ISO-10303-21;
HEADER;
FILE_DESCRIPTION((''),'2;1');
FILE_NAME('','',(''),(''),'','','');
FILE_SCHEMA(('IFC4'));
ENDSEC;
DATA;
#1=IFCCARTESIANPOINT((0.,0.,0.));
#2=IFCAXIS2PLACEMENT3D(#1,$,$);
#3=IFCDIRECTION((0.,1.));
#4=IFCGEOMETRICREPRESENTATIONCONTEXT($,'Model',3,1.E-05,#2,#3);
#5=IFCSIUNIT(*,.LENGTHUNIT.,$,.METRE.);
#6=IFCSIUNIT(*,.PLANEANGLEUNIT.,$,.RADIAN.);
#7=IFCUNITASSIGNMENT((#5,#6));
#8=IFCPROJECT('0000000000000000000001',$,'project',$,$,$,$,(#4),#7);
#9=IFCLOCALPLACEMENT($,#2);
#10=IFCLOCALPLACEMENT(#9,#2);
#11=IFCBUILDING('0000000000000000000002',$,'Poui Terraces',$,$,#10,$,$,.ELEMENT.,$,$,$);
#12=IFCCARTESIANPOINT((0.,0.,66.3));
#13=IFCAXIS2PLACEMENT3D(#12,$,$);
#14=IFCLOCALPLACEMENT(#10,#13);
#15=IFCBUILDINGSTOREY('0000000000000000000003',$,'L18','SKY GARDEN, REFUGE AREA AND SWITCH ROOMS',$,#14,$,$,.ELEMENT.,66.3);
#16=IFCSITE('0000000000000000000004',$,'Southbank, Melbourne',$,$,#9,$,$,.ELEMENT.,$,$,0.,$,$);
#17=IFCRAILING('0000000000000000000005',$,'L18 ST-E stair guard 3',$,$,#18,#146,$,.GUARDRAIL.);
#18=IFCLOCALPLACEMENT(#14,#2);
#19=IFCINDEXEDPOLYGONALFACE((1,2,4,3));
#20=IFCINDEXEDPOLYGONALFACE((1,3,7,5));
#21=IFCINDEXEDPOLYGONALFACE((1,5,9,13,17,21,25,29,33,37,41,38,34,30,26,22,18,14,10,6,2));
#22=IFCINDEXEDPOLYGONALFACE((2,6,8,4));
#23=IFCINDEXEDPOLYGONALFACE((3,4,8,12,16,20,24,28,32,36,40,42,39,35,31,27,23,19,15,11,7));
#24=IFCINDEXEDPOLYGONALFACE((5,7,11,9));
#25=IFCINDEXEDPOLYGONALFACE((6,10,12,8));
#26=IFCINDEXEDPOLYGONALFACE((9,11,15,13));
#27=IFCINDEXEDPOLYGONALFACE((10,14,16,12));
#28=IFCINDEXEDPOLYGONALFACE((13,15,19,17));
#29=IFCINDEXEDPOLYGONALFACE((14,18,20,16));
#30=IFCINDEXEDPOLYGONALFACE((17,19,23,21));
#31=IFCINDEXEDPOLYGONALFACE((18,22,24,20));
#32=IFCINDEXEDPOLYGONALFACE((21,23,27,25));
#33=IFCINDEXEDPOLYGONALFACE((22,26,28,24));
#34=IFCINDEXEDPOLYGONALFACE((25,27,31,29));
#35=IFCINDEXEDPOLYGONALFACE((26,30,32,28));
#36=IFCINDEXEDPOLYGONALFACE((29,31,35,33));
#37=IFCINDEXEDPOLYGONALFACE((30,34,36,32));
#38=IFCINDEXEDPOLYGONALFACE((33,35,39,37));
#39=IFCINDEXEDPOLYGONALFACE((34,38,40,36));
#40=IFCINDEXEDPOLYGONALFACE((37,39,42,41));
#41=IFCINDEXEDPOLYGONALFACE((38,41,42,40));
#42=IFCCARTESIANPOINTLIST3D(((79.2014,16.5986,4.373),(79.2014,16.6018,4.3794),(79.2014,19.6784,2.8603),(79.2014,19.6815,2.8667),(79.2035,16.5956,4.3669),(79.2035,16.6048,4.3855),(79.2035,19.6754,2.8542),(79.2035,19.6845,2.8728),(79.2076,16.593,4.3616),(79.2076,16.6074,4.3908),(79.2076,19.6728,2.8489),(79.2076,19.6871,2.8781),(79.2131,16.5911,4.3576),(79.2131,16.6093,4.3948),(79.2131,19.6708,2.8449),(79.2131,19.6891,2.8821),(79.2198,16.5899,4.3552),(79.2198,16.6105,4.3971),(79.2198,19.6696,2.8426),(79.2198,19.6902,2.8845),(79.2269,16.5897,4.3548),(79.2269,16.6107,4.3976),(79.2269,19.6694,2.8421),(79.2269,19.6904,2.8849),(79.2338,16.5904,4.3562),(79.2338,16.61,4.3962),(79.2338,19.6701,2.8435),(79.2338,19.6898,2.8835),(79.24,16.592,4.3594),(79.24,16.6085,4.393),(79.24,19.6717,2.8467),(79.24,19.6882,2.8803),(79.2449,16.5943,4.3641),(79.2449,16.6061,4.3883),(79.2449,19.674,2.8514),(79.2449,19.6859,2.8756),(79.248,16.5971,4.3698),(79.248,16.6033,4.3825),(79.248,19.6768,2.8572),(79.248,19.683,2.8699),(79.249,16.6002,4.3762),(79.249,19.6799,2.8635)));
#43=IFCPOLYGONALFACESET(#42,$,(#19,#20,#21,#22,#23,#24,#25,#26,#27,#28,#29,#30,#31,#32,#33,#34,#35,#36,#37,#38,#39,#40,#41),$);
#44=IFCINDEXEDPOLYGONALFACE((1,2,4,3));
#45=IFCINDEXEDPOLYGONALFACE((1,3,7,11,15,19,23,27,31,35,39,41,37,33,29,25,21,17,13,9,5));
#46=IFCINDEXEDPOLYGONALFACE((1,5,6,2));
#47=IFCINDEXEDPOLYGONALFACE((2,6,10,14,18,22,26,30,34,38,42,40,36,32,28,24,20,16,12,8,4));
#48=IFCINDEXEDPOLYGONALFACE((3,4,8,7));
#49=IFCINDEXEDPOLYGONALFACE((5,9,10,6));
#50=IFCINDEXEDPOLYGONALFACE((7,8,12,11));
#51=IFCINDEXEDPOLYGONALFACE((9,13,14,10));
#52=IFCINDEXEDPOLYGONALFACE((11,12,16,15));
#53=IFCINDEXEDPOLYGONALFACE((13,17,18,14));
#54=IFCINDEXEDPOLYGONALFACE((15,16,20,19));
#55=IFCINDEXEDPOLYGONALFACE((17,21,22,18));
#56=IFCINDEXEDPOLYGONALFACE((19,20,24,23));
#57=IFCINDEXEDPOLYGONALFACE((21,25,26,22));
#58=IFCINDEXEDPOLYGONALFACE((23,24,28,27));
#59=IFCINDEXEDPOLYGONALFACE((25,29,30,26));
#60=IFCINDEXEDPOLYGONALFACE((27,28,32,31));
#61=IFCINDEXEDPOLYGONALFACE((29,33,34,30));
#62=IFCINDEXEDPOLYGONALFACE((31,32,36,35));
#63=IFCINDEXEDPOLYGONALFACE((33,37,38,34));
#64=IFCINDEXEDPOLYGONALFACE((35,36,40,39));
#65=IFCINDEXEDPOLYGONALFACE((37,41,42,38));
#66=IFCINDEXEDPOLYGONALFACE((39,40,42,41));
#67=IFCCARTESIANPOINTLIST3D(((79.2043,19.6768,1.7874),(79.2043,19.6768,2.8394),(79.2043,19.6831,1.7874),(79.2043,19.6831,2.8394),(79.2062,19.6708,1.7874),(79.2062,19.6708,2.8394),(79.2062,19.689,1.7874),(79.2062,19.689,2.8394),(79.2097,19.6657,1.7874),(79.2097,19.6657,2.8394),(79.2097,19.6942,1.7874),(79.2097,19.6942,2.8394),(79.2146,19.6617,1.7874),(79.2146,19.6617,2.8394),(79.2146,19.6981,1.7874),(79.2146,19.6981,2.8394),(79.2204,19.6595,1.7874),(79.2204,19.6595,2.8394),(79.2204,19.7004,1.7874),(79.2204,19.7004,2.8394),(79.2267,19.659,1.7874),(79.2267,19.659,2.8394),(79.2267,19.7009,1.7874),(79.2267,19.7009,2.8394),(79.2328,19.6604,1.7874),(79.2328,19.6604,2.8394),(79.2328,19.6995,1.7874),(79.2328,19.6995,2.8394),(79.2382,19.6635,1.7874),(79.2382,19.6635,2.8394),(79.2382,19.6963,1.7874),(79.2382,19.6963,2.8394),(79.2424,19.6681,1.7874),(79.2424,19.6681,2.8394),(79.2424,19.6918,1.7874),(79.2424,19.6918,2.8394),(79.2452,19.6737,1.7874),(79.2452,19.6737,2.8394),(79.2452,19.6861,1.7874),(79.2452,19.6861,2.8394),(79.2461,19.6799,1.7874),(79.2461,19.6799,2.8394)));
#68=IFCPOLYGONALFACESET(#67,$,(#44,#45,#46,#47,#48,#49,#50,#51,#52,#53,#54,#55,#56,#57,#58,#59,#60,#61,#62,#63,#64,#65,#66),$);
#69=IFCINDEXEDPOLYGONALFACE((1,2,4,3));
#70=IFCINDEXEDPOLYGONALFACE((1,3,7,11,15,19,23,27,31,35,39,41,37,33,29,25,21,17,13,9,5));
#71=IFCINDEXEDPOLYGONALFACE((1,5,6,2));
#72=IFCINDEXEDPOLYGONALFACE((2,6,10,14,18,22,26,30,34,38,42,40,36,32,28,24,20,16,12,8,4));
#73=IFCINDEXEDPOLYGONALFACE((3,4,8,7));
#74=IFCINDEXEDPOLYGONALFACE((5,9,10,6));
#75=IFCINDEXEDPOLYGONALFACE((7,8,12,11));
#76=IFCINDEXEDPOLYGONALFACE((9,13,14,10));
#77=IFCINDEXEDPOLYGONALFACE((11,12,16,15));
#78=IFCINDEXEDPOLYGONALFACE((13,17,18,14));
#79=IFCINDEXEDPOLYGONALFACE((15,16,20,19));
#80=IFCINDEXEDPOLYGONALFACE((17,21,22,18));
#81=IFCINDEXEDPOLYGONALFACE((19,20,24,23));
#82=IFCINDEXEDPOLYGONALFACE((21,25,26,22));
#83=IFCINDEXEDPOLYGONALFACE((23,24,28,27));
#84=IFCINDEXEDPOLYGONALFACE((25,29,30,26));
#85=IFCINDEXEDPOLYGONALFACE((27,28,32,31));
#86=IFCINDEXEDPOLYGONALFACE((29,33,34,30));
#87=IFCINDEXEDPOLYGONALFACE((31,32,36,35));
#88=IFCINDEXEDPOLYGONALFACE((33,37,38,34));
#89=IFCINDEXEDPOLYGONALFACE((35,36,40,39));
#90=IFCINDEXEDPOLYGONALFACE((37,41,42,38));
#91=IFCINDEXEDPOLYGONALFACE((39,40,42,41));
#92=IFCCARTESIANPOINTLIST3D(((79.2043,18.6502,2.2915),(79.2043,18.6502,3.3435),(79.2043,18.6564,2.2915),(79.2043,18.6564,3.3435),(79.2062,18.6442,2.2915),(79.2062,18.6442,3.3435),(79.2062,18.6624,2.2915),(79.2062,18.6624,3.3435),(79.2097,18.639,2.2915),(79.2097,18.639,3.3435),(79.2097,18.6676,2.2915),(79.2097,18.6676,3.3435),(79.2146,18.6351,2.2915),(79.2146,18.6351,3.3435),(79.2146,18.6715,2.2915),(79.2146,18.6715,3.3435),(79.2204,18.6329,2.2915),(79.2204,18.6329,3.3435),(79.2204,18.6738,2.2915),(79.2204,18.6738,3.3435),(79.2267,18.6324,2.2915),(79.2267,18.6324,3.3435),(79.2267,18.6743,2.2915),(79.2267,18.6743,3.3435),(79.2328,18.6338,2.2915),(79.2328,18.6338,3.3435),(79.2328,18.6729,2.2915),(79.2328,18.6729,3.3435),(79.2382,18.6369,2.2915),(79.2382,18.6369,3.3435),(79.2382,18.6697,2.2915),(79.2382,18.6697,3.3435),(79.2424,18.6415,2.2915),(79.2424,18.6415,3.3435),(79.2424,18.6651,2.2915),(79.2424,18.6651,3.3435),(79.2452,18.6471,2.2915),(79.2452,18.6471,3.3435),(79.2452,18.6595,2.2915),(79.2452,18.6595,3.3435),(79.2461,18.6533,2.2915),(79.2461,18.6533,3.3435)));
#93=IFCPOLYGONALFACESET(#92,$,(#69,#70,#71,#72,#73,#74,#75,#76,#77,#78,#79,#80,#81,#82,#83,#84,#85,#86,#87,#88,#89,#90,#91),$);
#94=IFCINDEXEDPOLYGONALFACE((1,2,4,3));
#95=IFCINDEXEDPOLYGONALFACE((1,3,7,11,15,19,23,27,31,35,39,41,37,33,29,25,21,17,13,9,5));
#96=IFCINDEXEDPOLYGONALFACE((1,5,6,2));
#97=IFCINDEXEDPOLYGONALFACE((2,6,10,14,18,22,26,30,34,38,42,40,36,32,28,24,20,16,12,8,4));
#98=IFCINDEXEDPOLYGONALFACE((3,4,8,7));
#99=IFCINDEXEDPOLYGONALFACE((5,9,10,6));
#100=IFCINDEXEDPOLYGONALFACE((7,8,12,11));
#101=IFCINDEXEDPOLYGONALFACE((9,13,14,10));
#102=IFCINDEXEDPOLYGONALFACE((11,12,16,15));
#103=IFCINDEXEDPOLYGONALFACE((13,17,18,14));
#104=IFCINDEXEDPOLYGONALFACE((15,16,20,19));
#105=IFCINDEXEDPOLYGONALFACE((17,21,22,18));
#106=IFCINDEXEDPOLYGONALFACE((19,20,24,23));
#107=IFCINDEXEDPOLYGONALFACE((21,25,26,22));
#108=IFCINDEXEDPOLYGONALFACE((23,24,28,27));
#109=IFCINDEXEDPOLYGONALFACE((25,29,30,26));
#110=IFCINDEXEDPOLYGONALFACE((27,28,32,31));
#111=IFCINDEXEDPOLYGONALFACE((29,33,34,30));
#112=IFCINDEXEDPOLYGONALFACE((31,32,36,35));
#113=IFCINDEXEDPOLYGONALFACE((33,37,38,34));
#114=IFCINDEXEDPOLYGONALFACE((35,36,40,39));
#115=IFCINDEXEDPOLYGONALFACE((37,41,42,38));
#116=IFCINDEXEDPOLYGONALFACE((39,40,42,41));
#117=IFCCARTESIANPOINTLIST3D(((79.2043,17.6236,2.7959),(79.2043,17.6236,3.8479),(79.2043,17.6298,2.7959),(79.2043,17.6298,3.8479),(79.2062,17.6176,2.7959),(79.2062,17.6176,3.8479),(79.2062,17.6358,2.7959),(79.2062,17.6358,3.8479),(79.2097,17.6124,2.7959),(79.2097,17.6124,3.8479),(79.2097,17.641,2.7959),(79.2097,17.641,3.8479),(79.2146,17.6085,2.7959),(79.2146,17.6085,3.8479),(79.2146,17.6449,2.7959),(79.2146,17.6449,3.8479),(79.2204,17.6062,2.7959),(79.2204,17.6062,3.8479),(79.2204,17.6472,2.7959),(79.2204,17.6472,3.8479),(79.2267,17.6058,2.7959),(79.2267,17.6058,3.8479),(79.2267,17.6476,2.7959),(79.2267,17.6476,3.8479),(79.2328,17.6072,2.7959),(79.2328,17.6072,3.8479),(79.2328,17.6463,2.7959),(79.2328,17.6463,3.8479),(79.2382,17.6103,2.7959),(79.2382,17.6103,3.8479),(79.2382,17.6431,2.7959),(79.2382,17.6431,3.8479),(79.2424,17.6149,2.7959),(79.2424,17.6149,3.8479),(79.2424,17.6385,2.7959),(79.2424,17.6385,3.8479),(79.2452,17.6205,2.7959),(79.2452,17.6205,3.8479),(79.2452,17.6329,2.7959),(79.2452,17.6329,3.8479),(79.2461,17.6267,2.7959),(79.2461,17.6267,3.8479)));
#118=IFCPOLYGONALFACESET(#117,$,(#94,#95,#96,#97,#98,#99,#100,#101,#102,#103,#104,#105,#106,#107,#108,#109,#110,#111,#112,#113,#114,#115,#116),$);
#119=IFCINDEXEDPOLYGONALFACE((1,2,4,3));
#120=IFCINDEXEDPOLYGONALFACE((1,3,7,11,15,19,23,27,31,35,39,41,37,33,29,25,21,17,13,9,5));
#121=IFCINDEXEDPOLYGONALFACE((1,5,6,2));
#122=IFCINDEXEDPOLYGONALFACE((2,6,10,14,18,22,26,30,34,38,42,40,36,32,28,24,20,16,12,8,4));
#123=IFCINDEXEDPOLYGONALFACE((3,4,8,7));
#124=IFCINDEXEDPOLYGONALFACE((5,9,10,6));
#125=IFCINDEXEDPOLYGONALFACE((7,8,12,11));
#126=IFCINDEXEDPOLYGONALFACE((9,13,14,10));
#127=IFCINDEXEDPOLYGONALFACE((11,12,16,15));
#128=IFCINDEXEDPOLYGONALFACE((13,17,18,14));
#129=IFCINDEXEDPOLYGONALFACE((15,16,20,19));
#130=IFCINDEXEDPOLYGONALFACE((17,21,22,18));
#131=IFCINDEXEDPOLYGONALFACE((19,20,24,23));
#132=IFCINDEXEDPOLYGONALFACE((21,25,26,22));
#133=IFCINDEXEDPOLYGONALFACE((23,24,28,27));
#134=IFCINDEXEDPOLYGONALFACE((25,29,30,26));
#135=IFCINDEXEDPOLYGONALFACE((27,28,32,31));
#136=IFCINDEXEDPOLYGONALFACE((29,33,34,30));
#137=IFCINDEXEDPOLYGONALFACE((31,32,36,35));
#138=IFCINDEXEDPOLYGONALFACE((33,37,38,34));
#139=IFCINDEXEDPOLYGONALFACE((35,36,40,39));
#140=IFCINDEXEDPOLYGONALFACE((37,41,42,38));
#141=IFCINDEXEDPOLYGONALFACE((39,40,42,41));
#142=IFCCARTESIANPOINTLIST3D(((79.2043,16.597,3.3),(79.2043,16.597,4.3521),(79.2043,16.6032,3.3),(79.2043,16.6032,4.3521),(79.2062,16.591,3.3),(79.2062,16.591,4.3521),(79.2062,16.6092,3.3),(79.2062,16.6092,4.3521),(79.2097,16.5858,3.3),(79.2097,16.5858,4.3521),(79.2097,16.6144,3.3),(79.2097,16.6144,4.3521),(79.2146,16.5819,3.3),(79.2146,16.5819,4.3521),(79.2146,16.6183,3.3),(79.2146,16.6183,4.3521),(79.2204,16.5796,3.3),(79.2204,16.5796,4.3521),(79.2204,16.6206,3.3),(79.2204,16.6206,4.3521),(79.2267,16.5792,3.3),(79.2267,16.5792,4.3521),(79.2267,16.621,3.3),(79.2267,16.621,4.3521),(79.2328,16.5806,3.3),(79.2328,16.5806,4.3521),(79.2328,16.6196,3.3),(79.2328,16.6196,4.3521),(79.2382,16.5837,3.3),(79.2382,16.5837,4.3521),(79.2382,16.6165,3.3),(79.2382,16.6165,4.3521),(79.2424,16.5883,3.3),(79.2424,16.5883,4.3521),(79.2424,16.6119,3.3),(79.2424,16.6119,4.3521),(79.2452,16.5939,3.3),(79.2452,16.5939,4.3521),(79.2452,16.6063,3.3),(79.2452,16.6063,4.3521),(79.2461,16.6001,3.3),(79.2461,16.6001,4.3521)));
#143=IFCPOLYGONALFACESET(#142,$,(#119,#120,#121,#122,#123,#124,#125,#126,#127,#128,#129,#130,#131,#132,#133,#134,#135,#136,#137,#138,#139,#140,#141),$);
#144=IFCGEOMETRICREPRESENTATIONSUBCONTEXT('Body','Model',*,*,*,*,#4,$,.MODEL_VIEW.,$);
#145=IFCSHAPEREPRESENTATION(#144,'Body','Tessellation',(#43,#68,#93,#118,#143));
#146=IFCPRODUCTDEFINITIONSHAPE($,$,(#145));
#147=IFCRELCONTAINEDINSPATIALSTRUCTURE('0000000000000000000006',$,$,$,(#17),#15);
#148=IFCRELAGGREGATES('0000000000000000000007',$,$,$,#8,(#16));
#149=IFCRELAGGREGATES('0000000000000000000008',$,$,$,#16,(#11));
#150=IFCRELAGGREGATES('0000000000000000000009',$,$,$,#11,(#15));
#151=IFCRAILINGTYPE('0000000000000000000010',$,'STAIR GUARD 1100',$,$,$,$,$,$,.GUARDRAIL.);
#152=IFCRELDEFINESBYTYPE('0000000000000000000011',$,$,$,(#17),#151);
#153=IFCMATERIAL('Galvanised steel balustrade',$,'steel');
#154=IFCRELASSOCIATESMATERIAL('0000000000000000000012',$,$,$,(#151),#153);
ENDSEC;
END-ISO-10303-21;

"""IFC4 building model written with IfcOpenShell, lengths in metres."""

from ifc_helpers import new_model, si_unit, direction, frame, origin, origin_2d, place, context, subcontext, project, spatial, circle, extrude, material, type_object, element, save


model = new_model("IFC4")

# Units and contexts
model_context = context("Model", 3, precision=1e-05, world=origin(), true_north=direction((0.0, 1.0)))
body_context = subcontext(model_context, "Body", "Model", "MODEL_VIEW")
ifc_project = project(units=[si_unit("LENGTHUNIT", "METRE"), si_unit("PLANEANGLEUNIT", "RADIAN")], contexts=[model_context])

# Site, building, storey
site_placement = place(None, origin())
site = spatial("IfcSite", under=ifc_project, at=site_placement, Name="Southbank, Melbourne", CompositionType="ELEMENT", RefElevation=0.0)
building_placement = place(site_placement, origin())
building = spatial("IfcBuilding", under=site, at=building_placement, Name="Poui Terraces", CompositionType="ELEMENT")
storey_placement = place(building_placement, frame((0.0, 0.0, 66.3)))
storey = spatial("IfcBuildingStorey", under=building, at=storey_placement, Name="L18", Description="SKY GARDEN, REFUGE AREA AND SWITCH ROOMS", CompositionType="ELEMENT", Elevation=66.3)

# Railing
ifc_material_1 = material(Name="Galvanised steel balustrade", Category="steel")
railing_type_1 = type_object("IfcRailingType", Name="STAIR GUARD 1100", PredefinedType="GUARDRAIL", material=ifc_material_1)
railing_1_placement = place(storey_placement, frame((79.2251, 19.6799, 1.7874)))
element("IfcRailing", 1, at=railing_1_placement, inside=storey, type_object=railing_type_1, Name="L18 ST-E stair guard 3", PredefinedType="GUARDRAIL", context=body_context, shape_type="SweptSolid", body=[
    extrude(circle(Radius=0.0239, at=origin_2d()), frame((0.0, 0.0, 1.0762), z_axis=(0.0, -0.897578, 0.440856), x_axis=(1.0, 0.0, 0.0)), (0.0, 0.0, 1.0), 3.4312),
    extrude(circle(Radius=0.021, at=origin_2d()), origin(), (0.0, 0.0, 1.0), 1.052),
    extrude(circle(Radius=0.021, at=origin_2d()), frame((0.0, -1.0266, 0.5042)), (0.0, 0.0, 1.0), 1.052),
    extrude(circle(Radius=0.021, at=origin_2d()), frame((0.0, -2.0532, 1.0085)), (0.0, 0.0, 1.0), 1.052),
    extrude(circle(Radius=0.021, at=origin_2d()), frame((0.0, -3.0798, 1.5127)), (0.0, 0.0, 1.0), 1.052),
])

save(model, "model.ifc")
